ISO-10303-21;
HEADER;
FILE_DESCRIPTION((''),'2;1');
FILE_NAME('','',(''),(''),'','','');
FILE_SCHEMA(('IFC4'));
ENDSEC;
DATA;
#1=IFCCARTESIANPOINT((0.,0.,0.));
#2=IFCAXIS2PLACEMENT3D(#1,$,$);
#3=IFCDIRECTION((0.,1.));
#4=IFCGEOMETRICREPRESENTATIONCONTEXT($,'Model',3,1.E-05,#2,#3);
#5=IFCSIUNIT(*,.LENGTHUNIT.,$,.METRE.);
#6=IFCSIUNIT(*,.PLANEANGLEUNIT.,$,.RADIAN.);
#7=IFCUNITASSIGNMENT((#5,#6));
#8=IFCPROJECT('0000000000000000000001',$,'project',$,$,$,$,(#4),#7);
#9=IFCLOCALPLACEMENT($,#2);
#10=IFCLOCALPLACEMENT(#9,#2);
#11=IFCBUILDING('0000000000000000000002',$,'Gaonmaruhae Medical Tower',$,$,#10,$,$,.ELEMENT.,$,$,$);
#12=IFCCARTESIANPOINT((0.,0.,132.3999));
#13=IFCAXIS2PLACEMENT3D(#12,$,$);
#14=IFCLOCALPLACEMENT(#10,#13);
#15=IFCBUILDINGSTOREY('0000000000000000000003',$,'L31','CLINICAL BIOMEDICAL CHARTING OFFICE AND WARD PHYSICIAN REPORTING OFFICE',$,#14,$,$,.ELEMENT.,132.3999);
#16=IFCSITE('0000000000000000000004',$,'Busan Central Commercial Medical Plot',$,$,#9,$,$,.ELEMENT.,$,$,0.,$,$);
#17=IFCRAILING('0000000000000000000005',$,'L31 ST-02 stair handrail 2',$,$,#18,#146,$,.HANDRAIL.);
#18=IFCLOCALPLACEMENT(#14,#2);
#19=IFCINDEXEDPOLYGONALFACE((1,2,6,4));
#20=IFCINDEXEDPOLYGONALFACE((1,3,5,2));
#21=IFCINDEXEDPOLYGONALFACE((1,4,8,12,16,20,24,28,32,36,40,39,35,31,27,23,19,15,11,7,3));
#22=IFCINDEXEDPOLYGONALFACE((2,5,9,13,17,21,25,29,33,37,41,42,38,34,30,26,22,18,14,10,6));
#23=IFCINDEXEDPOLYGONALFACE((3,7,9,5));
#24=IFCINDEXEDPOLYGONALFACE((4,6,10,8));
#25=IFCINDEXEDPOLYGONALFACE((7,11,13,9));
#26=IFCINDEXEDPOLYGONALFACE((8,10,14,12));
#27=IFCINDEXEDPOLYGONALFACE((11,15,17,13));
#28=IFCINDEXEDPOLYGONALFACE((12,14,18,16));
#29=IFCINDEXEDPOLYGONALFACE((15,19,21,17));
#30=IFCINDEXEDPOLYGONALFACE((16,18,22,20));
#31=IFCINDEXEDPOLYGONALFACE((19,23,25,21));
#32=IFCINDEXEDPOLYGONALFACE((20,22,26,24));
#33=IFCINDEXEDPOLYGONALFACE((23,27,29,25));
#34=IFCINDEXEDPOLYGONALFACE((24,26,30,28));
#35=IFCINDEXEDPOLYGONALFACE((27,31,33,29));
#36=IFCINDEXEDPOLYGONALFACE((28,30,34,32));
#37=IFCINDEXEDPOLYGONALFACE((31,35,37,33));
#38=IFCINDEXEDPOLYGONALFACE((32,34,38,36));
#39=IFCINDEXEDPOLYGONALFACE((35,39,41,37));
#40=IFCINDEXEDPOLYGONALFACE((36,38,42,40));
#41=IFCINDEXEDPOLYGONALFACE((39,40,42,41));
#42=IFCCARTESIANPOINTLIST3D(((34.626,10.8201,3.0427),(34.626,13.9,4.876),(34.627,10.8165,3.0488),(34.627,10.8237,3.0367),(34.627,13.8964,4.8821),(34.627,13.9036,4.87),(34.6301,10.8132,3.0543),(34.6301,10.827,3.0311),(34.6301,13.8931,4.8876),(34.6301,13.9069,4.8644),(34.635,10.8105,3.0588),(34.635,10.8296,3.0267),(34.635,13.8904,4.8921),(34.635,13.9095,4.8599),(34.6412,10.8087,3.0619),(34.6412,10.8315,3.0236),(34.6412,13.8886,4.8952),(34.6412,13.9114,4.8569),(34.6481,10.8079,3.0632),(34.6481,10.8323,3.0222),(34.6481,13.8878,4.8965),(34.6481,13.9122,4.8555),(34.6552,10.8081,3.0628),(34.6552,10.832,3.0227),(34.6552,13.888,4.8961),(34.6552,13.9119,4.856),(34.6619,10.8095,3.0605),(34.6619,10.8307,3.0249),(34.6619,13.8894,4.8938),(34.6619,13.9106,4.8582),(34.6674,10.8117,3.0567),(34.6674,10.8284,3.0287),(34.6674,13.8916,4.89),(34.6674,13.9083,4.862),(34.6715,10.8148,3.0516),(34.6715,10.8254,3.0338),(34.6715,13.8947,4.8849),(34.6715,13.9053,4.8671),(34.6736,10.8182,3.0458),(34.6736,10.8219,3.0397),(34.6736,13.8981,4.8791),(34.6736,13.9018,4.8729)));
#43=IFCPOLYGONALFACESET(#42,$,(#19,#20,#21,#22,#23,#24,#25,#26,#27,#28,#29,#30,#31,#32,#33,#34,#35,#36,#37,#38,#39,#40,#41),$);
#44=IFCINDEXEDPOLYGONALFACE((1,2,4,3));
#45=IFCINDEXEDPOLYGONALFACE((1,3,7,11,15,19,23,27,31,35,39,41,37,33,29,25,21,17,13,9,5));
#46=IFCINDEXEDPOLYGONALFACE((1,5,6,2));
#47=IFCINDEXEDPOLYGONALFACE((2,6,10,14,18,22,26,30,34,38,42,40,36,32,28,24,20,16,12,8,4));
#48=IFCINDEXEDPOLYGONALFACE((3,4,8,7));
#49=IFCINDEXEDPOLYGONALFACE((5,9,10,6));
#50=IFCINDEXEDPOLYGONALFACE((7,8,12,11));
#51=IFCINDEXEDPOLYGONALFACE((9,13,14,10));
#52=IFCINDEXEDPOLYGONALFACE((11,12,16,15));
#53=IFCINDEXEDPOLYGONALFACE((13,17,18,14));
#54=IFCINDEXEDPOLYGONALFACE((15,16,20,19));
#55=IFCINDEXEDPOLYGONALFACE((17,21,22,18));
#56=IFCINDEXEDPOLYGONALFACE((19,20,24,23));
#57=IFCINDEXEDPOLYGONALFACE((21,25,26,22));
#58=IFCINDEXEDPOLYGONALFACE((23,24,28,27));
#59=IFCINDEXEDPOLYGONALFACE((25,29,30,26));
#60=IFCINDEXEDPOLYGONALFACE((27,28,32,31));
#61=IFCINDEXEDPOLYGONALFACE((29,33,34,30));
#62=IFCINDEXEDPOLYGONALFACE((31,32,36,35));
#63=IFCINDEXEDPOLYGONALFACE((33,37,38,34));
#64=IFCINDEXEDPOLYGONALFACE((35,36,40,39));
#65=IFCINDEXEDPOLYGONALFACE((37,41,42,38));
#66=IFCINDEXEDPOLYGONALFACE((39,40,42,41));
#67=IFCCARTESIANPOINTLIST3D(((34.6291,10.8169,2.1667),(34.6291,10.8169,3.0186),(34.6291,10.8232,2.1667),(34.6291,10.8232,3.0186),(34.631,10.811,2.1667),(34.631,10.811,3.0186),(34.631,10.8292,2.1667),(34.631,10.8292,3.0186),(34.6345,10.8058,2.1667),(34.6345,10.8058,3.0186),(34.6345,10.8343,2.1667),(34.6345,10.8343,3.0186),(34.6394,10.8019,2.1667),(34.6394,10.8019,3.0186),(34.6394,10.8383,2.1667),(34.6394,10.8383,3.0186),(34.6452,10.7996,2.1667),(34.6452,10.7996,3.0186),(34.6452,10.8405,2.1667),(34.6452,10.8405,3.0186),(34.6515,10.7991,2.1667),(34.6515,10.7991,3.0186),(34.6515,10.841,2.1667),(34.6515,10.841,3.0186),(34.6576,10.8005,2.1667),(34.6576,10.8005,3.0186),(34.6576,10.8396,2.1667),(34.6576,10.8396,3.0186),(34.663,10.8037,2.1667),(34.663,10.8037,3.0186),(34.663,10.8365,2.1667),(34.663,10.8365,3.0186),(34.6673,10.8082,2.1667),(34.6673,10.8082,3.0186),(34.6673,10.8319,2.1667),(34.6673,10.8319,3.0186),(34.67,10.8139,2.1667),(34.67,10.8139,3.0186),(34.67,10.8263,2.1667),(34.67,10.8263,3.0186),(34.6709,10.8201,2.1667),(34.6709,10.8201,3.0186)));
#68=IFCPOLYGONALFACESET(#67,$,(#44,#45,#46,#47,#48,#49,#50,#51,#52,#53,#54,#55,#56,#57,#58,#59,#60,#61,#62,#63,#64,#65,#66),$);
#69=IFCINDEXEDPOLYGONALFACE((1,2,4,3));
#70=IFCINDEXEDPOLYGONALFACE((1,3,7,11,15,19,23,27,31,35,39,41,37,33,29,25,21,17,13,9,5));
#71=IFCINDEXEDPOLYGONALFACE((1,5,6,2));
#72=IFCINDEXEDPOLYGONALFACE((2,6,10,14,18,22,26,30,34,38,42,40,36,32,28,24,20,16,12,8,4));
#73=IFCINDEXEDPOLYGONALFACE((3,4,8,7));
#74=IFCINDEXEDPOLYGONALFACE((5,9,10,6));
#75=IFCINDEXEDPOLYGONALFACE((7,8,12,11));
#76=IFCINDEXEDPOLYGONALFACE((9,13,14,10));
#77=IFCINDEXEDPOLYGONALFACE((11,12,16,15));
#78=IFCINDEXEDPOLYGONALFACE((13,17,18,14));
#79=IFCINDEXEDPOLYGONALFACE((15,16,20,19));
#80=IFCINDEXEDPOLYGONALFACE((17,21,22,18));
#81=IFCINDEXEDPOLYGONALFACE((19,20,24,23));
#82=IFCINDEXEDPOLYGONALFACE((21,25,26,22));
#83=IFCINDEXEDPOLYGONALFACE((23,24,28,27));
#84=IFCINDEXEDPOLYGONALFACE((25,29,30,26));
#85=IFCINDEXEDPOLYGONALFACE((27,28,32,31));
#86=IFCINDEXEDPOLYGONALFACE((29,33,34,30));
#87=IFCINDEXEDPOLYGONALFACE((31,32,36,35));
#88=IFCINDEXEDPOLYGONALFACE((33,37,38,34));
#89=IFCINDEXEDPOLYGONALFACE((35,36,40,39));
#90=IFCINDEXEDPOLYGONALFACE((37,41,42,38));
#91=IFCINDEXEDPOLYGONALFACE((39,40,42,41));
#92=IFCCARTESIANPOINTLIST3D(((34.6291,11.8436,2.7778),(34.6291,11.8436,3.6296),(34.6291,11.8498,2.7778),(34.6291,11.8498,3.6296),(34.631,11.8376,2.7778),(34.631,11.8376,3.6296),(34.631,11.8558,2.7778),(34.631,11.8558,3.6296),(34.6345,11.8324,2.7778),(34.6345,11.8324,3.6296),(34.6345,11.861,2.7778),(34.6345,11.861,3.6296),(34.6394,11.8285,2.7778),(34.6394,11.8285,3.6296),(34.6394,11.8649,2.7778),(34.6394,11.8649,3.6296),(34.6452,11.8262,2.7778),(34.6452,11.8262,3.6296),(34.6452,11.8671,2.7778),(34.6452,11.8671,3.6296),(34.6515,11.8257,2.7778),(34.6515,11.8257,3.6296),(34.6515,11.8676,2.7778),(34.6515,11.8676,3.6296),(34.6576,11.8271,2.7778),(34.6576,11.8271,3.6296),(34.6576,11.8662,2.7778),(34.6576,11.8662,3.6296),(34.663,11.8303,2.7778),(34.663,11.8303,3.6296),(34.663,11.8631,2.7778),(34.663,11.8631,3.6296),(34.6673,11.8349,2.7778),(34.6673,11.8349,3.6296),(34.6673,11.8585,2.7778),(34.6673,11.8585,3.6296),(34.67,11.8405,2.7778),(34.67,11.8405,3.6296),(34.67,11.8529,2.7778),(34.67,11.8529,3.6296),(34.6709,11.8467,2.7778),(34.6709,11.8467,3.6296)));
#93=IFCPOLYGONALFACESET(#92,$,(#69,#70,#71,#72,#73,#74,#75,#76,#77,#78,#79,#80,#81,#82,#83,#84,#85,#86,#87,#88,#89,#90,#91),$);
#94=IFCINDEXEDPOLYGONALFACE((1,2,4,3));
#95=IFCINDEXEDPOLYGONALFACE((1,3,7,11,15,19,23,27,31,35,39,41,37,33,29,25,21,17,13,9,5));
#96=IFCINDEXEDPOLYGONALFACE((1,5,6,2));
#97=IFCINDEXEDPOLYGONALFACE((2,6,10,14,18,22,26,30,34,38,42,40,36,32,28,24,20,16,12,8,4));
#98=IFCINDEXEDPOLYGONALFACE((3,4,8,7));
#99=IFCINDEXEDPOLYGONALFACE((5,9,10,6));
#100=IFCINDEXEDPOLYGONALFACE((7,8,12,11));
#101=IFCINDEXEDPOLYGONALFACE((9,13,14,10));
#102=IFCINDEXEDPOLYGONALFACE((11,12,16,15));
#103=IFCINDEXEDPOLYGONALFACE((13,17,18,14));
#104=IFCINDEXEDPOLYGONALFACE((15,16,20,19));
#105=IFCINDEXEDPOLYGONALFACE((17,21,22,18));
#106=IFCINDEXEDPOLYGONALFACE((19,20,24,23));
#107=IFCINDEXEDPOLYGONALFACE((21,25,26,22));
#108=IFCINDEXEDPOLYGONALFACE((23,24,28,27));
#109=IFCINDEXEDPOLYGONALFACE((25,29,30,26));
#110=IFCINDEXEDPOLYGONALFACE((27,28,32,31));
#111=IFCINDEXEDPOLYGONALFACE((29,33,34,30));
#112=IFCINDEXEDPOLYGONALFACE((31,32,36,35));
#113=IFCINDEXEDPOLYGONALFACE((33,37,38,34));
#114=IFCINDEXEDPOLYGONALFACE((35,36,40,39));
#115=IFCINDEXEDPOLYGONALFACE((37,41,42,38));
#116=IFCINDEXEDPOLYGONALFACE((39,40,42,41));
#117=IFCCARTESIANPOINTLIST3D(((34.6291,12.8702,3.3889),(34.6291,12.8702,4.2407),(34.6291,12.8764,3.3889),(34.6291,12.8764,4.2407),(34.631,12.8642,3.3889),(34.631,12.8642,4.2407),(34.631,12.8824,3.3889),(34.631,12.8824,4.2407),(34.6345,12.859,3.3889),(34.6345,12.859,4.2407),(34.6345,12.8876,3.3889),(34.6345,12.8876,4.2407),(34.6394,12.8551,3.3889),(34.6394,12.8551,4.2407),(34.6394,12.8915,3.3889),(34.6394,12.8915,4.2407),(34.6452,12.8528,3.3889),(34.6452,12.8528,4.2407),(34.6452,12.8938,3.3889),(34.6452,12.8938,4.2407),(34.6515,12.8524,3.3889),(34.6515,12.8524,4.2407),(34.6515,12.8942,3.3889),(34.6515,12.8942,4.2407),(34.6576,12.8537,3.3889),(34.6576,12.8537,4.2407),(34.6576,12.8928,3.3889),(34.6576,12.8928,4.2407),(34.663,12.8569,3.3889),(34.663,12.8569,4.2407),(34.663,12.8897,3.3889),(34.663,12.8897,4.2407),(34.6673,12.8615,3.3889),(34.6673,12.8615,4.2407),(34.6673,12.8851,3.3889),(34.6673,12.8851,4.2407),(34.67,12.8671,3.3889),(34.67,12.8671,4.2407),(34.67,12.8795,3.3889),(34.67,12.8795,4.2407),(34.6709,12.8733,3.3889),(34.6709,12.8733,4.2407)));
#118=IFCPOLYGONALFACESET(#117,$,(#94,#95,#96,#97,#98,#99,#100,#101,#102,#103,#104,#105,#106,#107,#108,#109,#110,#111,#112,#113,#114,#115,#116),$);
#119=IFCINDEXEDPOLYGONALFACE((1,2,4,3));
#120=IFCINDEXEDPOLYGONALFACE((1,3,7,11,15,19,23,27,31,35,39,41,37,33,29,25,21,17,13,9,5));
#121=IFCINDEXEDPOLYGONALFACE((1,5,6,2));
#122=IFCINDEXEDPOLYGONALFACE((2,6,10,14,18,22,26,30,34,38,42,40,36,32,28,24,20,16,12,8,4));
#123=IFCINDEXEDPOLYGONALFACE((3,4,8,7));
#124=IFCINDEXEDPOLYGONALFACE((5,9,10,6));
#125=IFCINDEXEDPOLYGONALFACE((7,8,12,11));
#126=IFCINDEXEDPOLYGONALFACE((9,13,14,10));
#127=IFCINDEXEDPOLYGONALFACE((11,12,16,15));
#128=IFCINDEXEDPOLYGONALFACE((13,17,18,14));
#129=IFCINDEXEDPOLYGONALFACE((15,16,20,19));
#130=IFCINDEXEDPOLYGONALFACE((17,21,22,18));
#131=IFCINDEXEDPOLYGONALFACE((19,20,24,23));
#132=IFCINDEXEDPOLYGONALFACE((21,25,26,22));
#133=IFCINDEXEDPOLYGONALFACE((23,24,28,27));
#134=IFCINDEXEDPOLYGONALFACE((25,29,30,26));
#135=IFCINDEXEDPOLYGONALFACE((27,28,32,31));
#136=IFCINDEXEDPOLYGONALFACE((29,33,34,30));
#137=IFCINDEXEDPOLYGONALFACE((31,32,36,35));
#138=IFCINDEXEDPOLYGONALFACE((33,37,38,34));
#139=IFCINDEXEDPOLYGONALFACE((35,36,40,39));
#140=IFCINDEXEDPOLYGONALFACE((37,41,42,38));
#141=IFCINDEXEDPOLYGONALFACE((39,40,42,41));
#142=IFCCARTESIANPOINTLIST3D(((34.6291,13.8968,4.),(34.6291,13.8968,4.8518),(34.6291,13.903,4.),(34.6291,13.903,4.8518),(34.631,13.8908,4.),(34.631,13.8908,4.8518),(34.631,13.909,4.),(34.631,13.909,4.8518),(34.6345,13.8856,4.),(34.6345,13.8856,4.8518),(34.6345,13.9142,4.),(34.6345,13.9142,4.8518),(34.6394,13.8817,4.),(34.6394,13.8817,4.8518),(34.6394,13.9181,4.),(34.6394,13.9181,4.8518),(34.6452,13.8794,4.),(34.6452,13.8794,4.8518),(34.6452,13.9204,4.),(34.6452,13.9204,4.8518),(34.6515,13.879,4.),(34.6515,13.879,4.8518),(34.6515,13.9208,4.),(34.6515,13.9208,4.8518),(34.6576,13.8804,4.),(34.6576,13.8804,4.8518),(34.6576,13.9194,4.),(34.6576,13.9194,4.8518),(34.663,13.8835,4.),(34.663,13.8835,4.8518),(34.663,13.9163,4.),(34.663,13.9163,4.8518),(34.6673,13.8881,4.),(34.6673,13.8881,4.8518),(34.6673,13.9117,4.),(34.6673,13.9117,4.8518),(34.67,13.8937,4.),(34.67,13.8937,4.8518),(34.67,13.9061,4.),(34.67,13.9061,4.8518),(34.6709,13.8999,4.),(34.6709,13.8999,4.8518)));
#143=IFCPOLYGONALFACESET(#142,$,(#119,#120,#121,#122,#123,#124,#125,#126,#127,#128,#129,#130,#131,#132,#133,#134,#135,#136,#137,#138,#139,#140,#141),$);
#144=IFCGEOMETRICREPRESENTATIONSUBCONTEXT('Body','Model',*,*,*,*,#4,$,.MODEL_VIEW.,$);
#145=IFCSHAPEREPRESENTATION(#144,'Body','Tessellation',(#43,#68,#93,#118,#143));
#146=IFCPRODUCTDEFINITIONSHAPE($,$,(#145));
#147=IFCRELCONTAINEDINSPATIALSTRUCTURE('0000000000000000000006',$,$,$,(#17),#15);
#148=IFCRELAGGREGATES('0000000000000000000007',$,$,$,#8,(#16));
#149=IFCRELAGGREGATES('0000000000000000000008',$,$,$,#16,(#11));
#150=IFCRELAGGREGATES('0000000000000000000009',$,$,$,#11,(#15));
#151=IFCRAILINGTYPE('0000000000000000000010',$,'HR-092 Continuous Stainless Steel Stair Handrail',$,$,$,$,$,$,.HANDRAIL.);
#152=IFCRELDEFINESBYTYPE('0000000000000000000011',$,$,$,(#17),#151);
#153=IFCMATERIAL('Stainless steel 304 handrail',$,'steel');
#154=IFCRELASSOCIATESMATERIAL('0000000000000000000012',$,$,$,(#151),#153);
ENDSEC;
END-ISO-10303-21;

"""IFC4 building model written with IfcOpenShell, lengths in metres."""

from ifc_helpers import new_model, si_unit, direction, frame, origin, origin_2d, place, context, subcontext, project, spatial, circle, extrude, material, type_object, element, save


model = new_model("IFC4")

# Units and contexts
model_context = context("Model", 3, precision=1e-05, world=origin(), true_north=direction((0.0, 1.0)))
body_context = subcontext(model_context, "Body", "Model", "MODEL_VIEW")
ifc_project = project(units=[si_unit("LENGTHUNIT", "METRE"), si_unit("PLANEANGLEUNIT", "RADIAN")], contexts=[model_context])

# Site, building, storey
site_placement = place(None, origin())
site = spatial("IfcSite", under=ifc_project, at=site_placement, Name="Busan Central Commercial Medical Plot", CompositionType="ELEMENT", RefElevation=0.0)
building_placement = place(site_placement, origin())
building = spatial("IfcBuilding", under=site, at=building_placement, Name="Gaonmaruhae Medical Tower", CompositionType="ELEMENT")
storey_placement = place(building_placement, frame((0.0, 0.0, 132.3999)))
storey = spatial("IfcBuildingStorey", under=building, at=storey_placement, Name="L31", Description="CLINICAL BIOMEDICAL CHARTING OFFICE AND WARD PHYSICIAN REPORTING OFFICE", CompositionType="ELEMENT", Elevation=132.3999)

# Railing
ifc_material_1 = material(Name="Stainless steel 304 handrail", Category="steel")
railing_type_1 = type_object("IfcRailingType", Name="HR-092 Continuous Stainless Steel Stair Handrail", PredefinedType="HANDRAIL", material=ifc_material_1)
railing_1_placement = place(storey_placement, frame((34.6499, 10.8201, 2.1667)))
element("IfcRailing", 1, at=railing_1_placement, inside=storey, type_object=railing_type_1, Name="L31 ST-02 stair handrail 2", PredefinedType="HANDRAIL", context=body_context, shape_type="SweptSolid", body=[
    extrude(circle(Radius=0.0239, at=origin_2d()), frame((0.0, 0.0, 0.876), z_axis=(0.0, 0.859291, 0.511487), x_axis=(-1.0, 0.0, 0.0)), (0.0, 0.0, 1.0), 3.5842),
    extrude(circle(Radius=0.021, at=origin_2d()), origin(), (0.0, 0.0, 1.0), 0.8518),
    extrude(circle(Radius=0.021, at=origin_2d()), frame((0.0, 1.0266, 0.6111)), (0.0, 0.0, 1.0), 0.8518),
    extrude(circle(Radius=0.021, at=origin_2d()), frame((0.0, 2.0532, 1.2222)), (0.0, 0.0, 1.0), 0.8518),
    extrude(circle(Radius=0.021, at=origin_2d()), frame((0.0, 3.0798, 1.8333)), (0.0, 0.0, 1.0), 0.8518),
])

save(model, "model.ifc")
